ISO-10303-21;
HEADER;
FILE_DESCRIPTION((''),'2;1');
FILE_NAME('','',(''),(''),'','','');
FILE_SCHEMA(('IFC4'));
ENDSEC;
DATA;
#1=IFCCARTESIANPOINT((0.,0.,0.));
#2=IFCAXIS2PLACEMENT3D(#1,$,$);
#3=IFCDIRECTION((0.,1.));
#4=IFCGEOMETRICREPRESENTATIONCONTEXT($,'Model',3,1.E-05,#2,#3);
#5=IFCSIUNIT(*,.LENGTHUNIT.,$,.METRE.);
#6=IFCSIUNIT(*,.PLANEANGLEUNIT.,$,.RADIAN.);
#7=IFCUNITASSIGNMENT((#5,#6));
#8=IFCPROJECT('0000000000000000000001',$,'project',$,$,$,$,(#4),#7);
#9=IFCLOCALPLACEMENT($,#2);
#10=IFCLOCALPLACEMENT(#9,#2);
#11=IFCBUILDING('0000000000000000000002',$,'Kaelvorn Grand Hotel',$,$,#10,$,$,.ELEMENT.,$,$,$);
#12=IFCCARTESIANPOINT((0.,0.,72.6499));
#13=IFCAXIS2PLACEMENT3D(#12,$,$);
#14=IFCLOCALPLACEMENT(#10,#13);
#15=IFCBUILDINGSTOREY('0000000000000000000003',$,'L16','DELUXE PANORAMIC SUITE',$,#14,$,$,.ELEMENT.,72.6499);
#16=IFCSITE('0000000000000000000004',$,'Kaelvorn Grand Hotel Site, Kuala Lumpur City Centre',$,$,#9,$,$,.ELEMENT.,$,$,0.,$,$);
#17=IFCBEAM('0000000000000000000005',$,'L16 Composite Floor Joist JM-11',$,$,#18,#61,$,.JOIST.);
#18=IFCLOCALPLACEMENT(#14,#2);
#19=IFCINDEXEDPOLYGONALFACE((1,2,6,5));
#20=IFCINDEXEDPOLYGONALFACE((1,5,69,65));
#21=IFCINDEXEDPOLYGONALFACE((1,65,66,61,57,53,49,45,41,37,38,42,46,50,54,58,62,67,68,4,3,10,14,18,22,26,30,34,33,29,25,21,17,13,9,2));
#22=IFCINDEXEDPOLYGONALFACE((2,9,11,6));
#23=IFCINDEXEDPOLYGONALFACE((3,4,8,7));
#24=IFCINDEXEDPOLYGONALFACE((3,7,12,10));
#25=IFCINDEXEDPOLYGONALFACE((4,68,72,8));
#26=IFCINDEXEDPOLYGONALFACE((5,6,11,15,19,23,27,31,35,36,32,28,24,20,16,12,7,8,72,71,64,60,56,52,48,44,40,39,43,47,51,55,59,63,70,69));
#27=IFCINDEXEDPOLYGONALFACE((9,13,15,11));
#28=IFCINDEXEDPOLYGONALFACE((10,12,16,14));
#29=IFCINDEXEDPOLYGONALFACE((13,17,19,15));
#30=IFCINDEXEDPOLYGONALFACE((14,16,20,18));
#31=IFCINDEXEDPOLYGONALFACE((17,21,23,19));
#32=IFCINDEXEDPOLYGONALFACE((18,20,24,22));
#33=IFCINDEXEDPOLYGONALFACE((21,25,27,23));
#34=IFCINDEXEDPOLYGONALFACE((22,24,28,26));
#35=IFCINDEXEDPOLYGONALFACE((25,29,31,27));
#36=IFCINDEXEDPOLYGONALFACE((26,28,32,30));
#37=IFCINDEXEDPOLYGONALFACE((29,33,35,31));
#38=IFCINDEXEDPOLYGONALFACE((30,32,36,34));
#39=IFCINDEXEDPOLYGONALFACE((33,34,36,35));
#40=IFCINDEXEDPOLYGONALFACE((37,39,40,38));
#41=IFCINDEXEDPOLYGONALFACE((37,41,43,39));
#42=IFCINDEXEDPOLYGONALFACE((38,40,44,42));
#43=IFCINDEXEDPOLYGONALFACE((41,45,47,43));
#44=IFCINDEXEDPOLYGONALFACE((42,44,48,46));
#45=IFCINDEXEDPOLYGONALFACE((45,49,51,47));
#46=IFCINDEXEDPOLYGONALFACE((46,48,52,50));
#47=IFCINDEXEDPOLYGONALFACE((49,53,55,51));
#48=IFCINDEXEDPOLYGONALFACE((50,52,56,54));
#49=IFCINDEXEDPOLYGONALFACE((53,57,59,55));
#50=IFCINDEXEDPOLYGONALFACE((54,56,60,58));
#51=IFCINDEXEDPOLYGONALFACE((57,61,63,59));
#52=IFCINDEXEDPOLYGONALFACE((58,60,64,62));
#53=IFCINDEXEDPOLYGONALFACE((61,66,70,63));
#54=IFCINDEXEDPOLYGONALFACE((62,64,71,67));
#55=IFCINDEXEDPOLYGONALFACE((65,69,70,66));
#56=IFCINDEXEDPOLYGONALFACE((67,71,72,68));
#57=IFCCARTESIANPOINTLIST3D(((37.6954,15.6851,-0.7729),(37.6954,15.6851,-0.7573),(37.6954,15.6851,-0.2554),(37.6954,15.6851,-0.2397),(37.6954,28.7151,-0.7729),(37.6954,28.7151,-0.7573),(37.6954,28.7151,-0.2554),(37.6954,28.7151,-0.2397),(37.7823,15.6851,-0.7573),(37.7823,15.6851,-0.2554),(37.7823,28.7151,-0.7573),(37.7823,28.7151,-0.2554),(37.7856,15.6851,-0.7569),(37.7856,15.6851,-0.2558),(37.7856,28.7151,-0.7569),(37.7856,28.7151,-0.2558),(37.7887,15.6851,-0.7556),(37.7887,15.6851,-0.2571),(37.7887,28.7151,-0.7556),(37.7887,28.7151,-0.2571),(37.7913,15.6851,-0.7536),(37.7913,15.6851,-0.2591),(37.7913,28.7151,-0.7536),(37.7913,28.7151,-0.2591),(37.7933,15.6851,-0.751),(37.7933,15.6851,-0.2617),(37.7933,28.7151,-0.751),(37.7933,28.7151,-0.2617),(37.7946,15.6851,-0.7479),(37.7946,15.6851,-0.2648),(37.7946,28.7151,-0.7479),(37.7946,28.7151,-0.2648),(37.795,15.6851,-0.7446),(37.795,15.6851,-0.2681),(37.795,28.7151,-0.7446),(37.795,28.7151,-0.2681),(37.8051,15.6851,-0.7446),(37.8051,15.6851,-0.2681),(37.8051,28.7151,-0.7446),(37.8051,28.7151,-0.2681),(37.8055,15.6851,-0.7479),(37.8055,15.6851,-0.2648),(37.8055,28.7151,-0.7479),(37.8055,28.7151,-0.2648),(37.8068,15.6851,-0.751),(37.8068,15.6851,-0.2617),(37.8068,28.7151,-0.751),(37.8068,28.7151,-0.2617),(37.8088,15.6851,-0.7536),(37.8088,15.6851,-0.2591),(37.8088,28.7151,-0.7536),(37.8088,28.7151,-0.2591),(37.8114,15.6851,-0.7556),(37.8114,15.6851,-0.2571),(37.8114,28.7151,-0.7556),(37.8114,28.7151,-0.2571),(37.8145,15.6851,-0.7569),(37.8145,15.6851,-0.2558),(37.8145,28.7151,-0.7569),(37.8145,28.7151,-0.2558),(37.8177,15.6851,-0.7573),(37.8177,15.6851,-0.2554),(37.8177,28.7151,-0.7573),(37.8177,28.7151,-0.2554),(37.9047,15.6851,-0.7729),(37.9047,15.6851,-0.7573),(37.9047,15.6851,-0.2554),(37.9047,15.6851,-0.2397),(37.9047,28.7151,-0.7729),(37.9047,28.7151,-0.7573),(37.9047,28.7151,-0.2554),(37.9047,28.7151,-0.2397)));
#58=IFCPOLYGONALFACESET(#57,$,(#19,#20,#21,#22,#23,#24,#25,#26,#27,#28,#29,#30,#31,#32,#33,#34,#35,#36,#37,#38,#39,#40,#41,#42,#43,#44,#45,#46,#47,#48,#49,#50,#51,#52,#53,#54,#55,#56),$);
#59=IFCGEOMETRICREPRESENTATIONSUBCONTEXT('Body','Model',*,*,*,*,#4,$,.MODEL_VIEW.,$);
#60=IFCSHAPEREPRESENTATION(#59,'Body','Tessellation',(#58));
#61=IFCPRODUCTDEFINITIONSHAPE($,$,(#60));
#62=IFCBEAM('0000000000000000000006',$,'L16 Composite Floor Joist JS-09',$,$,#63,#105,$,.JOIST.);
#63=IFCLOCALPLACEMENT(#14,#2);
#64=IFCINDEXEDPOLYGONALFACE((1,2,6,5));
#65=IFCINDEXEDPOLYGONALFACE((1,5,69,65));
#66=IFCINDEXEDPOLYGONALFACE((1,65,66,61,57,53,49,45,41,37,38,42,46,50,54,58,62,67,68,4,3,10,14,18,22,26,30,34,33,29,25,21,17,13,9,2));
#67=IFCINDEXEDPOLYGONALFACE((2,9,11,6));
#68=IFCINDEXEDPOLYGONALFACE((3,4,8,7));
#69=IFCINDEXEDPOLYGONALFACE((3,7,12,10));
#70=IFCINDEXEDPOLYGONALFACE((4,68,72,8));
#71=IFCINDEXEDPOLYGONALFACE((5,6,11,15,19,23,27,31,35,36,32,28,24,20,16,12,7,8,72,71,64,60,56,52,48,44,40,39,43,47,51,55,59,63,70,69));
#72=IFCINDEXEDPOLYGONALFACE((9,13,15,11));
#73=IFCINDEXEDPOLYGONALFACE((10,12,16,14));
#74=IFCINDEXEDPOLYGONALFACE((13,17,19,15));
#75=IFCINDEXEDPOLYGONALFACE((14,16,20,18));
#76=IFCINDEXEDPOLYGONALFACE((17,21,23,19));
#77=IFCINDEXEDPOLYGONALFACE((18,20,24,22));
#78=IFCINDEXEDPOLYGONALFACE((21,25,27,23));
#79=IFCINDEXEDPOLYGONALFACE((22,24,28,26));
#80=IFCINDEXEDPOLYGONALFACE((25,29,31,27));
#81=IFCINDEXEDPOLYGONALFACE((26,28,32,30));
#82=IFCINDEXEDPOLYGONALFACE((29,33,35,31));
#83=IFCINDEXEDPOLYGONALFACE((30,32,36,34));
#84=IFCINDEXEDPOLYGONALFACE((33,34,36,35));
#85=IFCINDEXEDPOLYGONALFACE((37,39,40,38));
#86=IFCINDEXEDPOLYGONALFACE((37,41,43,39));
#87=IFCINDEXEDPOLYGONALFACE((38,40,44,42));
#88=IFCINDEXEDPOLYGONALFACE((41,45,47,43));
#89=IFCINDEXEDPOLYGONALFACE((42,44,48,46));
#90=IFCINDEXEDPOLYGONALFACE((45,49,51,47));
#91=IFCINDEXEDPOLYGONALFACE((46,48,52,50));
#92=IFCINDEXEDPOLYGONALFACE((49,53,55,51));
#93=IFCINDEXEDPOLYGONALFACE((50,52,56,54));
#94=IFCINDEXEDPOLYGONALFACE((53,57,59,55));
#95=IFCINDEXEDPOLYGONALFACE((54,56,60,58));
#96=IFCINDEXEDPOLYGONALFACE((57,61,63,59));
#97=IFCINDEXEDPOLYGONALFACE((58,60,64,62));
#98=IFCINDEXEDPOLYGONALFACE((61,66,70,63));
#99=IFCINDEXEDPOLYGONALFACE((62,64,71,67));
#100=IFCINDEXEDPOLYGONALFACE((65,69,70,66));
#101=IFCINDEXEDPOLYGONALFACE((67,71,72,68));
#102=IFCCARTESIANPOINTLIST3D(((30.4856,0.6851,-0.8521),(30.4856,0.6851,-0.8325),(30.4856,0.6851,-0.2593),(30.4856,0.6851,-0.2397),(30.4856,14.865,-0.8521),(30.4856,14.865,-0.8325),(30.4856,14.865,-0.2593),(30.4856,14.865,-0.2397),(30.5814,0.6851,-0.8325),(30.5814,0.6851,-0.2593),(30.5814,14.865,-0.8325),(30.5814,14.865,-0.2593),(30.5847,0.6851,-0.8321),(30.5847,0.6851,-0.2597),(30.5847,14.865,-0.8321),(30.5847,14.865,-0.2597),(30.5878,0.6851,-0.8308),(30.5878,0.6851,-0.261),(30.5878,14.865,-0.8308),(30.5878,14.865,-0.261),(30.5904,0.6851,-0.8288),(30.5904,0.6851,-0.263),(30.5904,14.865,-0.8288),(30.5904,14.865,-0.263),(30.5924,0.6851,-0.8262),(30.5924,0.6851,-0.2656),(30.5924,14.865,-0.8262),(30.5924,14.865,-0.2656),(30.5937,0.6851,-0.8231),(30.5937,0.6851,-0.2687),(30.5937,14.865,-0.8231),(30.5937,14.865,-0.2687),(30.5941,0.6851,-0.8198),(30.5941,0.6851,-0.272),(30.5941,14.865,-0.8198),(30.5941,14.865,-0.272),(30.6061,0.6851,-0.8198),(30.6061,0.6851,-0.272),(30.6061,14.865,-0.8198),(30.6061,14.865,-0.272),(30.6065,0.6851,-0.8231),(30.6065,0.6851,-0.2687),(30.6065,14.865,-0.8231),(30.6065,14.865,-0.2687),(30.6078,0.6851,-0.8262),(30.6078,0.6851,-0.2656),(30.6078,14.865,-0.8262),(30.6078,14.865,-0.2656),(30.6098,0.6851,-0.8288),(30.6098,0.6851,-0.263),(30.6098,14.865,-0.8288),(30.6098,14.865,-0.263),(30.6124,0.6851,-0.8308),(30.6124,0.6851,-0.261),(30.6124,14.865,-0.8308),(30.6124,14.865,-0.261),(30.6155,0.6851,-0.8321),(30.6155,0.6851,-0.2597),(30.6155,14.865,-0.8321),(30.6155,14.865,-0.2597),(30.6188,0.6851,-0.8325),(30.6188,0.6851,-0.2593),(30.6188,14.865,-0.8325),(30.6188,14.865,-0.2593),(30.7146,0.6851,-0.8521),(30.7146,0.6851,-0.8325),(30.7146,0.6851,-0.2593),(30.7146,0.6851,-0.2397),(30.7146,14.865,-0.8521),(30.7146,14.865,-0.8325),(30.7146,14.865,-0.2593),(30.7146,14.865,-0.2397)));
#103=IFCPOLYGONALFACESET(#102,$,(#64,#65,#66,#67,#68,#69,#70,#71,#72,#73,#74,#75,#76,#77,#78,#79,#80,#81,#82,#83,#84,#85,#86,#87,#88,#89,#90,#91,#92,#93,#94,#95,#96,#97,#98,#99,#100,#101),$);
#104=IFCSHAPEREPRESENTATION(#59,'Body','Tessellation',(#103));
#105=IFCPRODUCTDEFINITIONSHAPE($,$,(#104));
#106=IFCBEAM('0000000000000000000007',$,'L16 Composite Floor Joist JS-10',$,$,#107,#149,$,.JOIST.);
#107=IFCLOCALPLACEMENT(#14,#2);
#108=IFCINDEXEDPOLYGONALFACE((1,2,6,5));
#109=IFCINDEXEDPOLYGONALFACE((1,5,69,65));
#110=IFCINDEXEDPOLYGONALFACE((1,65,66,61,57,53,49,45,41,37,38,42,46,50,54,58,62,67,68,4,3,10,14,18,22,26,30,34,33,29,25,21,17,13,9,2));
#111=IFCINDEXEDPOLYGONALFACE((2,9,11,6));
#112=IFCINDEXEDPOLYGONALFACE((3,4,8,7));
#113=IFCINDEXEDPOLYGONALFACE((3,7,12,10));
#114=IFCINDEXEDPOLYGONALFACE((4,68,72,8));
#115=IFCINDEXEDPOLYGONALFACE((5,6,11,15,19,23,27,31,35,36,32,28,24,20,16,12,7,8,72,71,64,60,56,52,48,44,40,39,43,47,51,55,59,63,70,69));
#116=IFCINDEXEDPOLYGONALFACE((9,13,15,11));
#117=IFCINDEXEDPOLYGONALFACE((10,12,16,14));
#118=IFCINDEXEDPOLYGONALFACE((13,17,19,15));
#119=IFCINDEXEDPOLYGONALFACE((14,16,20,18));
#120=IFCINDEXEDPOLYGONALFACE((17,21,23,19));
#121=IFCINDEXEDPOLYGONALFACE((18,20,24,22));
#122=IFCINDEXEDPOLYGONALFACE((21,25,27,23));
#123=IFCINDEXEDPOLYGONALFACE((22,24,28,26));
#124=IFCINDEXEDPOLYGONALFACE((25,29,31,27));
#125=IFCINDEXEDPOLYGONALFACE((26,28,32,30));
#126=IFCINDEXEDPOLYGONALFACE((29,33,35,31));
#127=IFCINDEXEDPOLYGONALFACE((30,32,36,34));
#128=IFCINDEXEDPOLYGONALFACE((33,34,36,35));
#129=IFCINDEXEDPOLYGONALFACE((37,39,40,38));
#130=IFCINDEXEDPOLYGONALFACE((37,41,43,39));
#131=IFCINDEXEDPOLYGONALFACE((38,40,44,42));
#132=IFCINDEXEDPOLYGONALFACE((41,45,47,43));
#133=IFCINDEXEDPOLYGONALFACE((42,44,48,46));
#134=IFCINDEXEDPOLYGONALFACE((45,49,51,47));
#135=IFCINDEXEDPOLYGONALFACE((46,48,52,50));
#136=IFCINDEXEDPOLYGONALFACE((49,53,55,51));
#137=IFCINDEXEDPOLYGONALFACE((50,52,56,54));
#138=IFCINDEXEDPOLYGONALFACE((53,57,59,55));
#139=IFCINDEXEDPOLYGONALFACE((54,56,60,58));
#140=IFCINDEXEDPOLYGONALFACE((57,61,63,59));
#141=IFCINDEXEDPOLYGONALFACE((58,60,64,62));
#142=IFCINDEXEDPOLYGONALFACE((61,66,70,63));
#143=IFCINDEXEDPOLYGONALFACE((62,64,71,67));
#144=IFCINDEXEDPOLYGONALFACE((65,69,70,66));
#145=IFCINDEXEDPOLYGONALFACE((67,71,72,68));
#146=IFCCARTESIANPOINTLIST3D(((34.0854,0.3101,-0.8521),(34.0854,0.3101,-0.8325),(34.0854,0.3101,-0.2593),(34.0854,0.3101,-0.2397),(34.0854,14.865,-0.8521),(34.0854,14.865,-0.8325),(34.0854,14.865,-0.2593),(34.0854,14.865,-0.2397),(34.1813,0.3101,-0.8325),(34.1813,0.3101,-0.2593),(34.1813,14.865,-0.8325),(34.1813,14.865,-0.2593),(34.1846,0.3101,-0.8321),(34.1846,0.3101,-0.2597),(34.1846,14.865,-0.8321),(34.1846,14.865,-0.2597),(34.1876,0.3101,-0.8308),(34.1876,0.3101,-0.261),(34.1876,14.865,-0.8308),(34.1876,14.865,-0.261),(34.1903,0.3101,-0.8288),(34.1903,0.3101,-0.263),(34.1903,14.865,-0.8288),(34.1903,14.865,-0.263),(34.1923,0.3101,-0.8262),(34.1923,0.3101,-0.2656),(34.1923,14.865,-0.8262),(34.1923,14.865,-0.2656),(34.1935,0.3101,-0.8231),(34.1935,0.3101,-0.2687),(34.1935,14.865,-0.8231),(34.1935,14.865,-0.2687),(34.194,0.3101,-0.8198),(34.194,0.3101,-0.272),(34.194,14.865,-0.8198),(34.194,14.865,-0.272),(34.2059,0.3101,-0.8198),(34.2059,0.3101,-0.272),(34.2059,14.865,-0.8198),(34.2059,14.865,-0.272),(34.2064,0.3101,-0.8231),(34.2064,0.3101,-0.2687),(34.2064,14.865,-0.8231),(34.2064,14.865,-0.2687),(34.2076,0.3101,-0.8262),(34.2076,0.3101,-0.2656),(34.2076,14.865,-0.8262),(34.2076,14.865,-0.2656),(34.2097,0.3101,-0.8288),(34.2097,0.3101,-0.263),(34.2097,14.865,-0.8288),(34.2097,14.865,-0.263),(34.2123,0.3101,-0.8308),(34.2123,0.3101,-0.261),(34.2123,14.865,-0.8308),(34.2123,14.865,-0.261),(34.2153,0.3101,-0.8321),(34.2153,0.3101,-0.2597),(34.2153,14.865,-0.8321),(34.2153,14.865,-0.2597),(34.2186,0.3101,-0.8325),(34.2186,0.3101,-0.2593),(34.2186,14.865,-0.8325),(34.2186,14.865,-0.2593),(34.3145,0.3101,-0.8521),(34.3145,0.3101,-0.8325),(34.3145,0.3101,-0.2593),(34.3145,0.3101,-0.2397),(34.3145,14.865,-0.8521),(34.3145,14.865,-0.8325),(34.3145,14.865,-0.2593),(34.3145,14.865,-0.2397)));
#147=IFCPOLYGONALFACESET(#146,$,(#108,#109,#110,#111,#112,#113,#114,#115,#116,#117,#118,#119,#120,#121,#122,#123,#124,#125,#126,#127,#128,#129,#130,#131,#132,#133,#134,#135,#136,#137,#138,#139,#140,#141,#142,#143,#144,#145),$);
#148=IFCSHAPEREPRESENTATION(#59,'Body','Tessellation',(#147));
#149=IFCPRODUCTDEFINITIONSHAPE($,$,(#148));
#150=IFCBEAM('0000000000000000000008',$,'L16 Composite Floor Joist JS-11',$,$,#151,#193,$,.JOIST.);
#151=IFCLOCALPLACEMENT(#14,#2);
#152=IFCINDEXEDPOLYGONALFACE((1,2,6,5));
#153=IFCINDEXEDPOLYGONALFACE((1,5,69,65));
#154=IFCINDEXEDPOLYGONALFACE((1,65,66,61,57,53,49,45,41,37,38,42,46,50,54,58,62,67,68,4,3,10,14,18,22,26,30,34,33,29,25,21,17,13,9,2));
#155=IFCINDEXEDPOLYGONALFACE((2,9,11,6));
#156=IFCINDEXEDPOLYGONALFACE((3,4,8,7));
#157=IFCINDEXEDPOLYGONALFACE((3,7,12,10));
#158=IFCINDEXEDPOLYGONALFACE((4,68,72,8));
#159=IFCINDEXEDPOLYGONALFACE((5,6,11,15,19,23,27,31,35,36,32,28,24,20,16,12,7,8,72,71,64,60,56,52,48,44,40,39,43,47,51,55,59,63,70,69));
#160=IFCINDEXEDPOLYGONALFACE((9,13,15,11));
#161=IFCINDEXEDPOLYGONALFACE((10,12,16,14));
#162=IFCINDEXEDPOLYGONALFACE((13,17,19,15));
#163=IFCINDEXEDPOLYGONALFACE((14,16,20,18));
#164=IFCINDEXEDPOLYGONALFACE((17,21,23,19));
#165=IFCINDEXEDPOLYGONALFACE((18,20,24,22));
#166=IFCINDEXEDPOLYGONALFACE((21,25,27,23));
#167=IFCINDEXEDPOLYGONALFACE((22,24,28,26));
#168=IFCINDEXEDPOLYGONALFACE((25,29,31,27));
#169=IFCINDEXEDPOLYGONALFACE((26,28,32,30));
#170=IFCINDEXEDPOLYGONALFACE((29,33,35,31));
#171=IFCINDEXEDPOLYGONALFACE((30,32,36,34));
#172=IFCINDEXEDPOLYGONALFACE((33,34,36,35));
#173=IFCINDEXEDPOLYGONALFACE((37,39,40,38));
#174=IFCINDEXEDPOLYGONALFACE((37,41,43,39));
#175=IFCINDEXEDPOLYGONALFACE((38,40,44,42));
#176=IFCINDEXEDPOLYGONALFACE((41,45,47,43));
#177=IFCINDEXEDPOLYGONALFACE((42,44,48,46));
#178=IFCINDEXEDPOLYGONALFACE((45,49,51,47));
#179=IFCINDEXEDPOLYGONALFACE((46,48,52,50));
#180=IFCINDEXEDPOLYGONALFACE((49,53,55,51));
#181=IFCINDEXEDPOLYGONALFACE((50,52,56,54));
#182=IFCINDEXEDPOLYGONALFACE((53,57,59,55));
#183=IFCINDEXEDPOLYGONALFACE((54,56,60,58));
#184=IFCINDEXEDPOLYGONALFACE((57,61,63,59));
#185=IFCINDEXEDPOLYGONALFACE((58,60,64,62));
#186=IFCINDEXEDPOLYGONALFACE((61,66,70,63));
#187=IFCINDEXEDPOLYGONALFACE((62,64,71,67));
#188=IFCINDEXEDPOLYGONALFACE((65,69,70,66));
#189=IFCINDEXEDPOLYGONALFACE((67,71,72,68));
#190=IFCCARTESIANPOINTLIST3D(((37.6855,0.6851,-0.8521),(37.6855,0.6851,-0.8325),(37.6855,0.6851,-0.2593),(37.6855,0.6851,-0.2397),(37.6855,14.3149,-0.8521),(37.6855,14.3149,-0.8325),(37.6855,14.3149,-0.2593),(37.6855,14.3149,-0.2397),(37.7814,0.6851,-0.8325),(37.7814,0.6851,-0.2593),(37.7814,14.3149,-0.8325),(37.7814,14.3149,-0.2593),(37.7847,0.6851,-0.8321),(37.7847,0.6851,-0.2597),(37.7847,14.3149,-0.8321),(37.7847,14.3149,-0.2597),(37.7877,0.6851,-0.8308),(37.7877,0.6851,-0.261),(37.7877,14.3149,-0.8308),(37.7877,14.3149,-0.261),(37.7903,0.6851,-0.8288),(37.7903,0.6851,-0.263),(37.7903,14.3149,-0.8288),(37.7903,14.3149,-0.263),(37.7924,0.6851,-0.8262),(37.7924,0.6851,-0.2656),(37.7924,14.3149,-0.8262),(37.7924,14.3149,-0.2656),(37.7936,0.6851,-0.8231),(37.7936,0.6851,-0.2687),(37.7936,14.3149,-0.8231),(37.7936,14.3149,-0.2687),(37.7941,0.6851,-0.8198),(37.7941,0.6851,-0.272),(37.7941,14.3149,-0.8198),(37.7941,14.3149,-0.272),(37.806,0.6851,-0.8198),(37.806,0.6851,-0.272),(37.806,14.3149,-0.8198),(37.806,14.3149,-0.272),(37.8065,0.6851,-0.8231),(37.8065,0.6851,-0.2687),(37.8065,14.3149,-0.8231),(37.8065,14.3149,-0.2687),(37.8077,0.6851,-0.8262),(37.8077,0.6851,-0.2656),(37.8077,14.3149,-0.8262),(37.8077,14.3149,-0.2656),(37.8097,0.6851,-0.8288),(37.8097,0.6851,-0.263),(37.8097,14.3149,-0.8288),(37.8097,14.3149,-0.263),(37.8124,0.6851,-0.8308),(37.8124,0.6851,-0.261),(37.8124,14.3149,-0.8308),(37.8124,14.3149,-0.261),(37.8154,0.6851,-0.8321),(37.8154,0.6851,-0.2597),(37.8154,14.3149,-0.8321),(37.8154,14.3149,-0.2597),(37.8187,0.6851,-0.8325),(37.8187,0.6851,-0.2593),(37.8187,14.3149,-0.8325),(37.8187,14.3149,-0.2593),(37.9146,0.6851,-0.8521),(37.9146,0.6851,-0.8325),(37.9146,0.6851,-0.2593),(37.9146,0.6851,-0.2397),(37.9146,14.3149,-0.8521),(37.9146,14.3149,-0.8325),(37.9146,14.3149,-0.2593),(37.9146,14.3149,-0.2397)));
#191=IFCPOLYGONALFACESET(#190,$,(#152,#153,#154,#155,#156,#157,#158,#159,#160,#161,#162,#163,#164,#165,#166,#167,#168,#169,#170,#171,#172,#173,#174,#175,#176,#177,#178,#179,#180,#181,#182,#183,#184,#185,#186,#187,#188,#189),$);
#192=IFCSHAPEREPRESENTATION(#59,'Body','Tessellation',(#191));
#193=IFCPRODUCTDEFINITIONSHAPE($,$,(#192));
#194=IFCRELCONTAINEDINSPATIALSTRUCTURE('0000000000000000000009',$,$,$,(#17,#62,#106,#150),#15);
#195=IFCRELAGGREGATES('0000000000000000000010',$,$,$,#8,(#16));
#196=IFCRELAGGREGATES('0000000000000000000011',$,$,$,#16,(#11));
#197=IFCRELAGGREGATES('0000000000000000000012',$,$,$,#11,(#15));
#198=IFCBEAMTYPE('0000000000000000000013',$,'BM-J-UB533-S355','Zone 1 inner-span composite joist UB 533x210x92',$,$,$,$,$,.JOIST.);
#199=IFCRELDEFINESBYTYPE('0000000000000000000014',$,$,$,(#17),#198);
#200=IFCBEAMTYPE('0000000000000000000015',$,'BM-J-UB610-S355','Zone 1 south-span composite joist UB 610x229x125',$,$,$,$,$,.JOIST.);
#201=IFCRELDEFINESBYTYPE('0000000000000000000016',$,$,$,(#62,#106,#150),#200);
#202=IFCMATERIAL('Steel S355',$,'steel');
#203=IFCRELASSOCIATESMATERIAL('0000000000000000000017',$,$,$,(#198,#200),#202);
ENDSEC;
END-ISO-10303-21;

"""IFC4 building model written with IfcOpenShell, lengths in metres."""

from ifc_helpers import new_model, si_unit, direction, frame, origin, origin_2d, place, context, subcontext, project, spatial, i_section, extrude, material, material_profile, profile_set, type_object, element, save


model = new_model("IFC4")

# Units and contexts
model_context = context("Model", 3, precision=1e-05, world=origin(), true_north=direction((0.0, 1.0)))
body_context = subcontext(model_context, "Body", "Model", "MODEL_VIEW")
ifc_project = project(units=[si_unit("LENGTHUNIT", "METRE"), si_unit("PLANEANGLEUNIT", "RADIAN")], contexts=[model_context])

# Site, building, storey
site_placement = place(None, origin())
site = spatial("IfcSite", under=ifc_project, at=site_placement, Name="Kaelvorn Grand Hotel Site, Kuala Lumpur City Centre", CompositionType="ELEMENT", RefElevation=0.0)
building_placement = place(site_placement, origin())
building = spatial("IfcBuilding", under=site, at=building_placement, Name="Kaelvorn Grand Hotel", CompositionType="ELEMENT")
storey_placement = place(building_placement, frame((0.0, 0.0, 72.6499)))
storey = spatial("IfcBuildingStorey", under=building, at=storey_placement, Name="L16", Description="DELUXE PANORAMIC SUITE", CompositionType="ELEMENT", Elevation=72.6499)

# Beams
ifc_material_1 = material(Name="Steel S355", Category="steel")
ifc_material_profile_1 = material_profile(ifc_material_1, i_section(OverallWidth=0.2092, OverallDepth=0.5332, WebThickness=0.01, FlangeThickness=0.0156, FilletRadius=0.0127, at=origin_2d()), Name="UB 533x210x92")
ifc_profile_set_1 = profile_set([ifc_material_profile_1], Name="Steel S355")
beam_type_1 = type_object("IfcBeamType", Name="BM-J-UB533-S355", Description="Zone 1 inner-span composite joist UB 533x210x92", PredefinedType="JOIST", material=ifc_profile_set_1)
beam_1_placement = place(storey_placement, frame((37.8, 15.6851, -0.5063), z_axis=(0.0, 1.0, 0.0), x_axis=(-1.0, 0.0, 0.0)))
element("IfcBeam", 1, at=beam_1_placement, inside=storey, type_object=beam_type_1, Name="L16 Composite Floor Joist JM-11", PredefinedType="JOIST", context=body_context, shape_type="SweptSolid", body=[
    extrude(i_section(OverallWidth=0.2092, OverallDepth=0.5332, WebThickness=0.01, FlangeThickness=0.0156, FilletRadius=0.0127, at=origin_2d()), origin(), (0.0, 0.0, 1.0), 13.03),
])
ifc_material_profile_2 = material_profile(ifc_material_1, i_section(OverallWidth=0.229, OverallDepth=0.6123, WebThickness=0.012, FlangeThickness=0.0195, FilletRadius=0.0127, at=origin_2d()), Name="UB 610x229x125")
ifc_profile_set_2 = profile_set([ifc_material_profile_2], Name="Steel S355")
beam_type_2 = type_object("IfcBeamType", Name="BM-J-UB610-S355", Description="Zone 1 south-span composite joist UB 610x229x125", PredefinedType="JOIST", material=ifc_profile_set_2)
beam_2_placement = place(storey_placement, frame((30.6001, 0.6851, -0.5459), z_axis=(0.0, 1.0, 0.0), x_axis=(-1.0, 0.0, 0.0)))
element("IfcBeam", 2, at=beam_2_placement, inside=storey, type_object=beam_type_2, Name="L16 Composite Floor Joist JS-09", PredefinedType="JOIST", context=body_context, shape_type="SweptSolid", body=[
    extrude(i_section(OverallWidth=0.229, OverallDepth=0.6123, WebThickness=0.012, FlangeThickness=0.0195, FilletRadius=0.0127, at=origin_2d()), origin(), (0.0, 0.0, 1.0), 14.1799),
])
beam_3_placement = place(storey_placement, frame((34.2, 0.3101, -0.5459), z_axis=(0.0, 1.0, 0.0), x_axis=(-1.0, 0.0, 0.0)))
element("IfcBeam", 3, at=beam_3_placement, inside=storey, type_object=beam_type_2, Name="L16 Composite Floor Joist JS-10", PredefinedType="JOIST", context=body_context, shape_type="SweptSolid", body=[
    extrude(i_section(OverallWidth=0.229, OverallDepth=0.6123, WebThickness=0.012, FlangeThickness=0.0195, FilletRadius=0.0127, at=origin_2d()), origin(), (0.0, 0.0, 1.0), 14.5549),
])
beam_4_placement = place(storey_placement, frame((37.8, 0.6851, -0.5459), z_axis=(0.0, 1.0, 0.0), x_axis=(-1.0, 0.0, 0.0)))
element("IfcBeam", 4, at=beam_4_placement, inside=storey, type_object=beam_type_2, Name="L16 Composite Floor Joist JS-11", PredefinedType="JOIST", context=body_context, shape_type="SweptSolid", body=[
    extrude(i_section(OverallWidth=0.229, OverallDepth=0.6123, WebThickness=0.012, FlangeThickness=0.0195, FilletRadius=0.0127, at=origin_2d()), origin(), (0.0, 0.0, 1.0), 13.6299),
])

save(model, "model.ifc")
